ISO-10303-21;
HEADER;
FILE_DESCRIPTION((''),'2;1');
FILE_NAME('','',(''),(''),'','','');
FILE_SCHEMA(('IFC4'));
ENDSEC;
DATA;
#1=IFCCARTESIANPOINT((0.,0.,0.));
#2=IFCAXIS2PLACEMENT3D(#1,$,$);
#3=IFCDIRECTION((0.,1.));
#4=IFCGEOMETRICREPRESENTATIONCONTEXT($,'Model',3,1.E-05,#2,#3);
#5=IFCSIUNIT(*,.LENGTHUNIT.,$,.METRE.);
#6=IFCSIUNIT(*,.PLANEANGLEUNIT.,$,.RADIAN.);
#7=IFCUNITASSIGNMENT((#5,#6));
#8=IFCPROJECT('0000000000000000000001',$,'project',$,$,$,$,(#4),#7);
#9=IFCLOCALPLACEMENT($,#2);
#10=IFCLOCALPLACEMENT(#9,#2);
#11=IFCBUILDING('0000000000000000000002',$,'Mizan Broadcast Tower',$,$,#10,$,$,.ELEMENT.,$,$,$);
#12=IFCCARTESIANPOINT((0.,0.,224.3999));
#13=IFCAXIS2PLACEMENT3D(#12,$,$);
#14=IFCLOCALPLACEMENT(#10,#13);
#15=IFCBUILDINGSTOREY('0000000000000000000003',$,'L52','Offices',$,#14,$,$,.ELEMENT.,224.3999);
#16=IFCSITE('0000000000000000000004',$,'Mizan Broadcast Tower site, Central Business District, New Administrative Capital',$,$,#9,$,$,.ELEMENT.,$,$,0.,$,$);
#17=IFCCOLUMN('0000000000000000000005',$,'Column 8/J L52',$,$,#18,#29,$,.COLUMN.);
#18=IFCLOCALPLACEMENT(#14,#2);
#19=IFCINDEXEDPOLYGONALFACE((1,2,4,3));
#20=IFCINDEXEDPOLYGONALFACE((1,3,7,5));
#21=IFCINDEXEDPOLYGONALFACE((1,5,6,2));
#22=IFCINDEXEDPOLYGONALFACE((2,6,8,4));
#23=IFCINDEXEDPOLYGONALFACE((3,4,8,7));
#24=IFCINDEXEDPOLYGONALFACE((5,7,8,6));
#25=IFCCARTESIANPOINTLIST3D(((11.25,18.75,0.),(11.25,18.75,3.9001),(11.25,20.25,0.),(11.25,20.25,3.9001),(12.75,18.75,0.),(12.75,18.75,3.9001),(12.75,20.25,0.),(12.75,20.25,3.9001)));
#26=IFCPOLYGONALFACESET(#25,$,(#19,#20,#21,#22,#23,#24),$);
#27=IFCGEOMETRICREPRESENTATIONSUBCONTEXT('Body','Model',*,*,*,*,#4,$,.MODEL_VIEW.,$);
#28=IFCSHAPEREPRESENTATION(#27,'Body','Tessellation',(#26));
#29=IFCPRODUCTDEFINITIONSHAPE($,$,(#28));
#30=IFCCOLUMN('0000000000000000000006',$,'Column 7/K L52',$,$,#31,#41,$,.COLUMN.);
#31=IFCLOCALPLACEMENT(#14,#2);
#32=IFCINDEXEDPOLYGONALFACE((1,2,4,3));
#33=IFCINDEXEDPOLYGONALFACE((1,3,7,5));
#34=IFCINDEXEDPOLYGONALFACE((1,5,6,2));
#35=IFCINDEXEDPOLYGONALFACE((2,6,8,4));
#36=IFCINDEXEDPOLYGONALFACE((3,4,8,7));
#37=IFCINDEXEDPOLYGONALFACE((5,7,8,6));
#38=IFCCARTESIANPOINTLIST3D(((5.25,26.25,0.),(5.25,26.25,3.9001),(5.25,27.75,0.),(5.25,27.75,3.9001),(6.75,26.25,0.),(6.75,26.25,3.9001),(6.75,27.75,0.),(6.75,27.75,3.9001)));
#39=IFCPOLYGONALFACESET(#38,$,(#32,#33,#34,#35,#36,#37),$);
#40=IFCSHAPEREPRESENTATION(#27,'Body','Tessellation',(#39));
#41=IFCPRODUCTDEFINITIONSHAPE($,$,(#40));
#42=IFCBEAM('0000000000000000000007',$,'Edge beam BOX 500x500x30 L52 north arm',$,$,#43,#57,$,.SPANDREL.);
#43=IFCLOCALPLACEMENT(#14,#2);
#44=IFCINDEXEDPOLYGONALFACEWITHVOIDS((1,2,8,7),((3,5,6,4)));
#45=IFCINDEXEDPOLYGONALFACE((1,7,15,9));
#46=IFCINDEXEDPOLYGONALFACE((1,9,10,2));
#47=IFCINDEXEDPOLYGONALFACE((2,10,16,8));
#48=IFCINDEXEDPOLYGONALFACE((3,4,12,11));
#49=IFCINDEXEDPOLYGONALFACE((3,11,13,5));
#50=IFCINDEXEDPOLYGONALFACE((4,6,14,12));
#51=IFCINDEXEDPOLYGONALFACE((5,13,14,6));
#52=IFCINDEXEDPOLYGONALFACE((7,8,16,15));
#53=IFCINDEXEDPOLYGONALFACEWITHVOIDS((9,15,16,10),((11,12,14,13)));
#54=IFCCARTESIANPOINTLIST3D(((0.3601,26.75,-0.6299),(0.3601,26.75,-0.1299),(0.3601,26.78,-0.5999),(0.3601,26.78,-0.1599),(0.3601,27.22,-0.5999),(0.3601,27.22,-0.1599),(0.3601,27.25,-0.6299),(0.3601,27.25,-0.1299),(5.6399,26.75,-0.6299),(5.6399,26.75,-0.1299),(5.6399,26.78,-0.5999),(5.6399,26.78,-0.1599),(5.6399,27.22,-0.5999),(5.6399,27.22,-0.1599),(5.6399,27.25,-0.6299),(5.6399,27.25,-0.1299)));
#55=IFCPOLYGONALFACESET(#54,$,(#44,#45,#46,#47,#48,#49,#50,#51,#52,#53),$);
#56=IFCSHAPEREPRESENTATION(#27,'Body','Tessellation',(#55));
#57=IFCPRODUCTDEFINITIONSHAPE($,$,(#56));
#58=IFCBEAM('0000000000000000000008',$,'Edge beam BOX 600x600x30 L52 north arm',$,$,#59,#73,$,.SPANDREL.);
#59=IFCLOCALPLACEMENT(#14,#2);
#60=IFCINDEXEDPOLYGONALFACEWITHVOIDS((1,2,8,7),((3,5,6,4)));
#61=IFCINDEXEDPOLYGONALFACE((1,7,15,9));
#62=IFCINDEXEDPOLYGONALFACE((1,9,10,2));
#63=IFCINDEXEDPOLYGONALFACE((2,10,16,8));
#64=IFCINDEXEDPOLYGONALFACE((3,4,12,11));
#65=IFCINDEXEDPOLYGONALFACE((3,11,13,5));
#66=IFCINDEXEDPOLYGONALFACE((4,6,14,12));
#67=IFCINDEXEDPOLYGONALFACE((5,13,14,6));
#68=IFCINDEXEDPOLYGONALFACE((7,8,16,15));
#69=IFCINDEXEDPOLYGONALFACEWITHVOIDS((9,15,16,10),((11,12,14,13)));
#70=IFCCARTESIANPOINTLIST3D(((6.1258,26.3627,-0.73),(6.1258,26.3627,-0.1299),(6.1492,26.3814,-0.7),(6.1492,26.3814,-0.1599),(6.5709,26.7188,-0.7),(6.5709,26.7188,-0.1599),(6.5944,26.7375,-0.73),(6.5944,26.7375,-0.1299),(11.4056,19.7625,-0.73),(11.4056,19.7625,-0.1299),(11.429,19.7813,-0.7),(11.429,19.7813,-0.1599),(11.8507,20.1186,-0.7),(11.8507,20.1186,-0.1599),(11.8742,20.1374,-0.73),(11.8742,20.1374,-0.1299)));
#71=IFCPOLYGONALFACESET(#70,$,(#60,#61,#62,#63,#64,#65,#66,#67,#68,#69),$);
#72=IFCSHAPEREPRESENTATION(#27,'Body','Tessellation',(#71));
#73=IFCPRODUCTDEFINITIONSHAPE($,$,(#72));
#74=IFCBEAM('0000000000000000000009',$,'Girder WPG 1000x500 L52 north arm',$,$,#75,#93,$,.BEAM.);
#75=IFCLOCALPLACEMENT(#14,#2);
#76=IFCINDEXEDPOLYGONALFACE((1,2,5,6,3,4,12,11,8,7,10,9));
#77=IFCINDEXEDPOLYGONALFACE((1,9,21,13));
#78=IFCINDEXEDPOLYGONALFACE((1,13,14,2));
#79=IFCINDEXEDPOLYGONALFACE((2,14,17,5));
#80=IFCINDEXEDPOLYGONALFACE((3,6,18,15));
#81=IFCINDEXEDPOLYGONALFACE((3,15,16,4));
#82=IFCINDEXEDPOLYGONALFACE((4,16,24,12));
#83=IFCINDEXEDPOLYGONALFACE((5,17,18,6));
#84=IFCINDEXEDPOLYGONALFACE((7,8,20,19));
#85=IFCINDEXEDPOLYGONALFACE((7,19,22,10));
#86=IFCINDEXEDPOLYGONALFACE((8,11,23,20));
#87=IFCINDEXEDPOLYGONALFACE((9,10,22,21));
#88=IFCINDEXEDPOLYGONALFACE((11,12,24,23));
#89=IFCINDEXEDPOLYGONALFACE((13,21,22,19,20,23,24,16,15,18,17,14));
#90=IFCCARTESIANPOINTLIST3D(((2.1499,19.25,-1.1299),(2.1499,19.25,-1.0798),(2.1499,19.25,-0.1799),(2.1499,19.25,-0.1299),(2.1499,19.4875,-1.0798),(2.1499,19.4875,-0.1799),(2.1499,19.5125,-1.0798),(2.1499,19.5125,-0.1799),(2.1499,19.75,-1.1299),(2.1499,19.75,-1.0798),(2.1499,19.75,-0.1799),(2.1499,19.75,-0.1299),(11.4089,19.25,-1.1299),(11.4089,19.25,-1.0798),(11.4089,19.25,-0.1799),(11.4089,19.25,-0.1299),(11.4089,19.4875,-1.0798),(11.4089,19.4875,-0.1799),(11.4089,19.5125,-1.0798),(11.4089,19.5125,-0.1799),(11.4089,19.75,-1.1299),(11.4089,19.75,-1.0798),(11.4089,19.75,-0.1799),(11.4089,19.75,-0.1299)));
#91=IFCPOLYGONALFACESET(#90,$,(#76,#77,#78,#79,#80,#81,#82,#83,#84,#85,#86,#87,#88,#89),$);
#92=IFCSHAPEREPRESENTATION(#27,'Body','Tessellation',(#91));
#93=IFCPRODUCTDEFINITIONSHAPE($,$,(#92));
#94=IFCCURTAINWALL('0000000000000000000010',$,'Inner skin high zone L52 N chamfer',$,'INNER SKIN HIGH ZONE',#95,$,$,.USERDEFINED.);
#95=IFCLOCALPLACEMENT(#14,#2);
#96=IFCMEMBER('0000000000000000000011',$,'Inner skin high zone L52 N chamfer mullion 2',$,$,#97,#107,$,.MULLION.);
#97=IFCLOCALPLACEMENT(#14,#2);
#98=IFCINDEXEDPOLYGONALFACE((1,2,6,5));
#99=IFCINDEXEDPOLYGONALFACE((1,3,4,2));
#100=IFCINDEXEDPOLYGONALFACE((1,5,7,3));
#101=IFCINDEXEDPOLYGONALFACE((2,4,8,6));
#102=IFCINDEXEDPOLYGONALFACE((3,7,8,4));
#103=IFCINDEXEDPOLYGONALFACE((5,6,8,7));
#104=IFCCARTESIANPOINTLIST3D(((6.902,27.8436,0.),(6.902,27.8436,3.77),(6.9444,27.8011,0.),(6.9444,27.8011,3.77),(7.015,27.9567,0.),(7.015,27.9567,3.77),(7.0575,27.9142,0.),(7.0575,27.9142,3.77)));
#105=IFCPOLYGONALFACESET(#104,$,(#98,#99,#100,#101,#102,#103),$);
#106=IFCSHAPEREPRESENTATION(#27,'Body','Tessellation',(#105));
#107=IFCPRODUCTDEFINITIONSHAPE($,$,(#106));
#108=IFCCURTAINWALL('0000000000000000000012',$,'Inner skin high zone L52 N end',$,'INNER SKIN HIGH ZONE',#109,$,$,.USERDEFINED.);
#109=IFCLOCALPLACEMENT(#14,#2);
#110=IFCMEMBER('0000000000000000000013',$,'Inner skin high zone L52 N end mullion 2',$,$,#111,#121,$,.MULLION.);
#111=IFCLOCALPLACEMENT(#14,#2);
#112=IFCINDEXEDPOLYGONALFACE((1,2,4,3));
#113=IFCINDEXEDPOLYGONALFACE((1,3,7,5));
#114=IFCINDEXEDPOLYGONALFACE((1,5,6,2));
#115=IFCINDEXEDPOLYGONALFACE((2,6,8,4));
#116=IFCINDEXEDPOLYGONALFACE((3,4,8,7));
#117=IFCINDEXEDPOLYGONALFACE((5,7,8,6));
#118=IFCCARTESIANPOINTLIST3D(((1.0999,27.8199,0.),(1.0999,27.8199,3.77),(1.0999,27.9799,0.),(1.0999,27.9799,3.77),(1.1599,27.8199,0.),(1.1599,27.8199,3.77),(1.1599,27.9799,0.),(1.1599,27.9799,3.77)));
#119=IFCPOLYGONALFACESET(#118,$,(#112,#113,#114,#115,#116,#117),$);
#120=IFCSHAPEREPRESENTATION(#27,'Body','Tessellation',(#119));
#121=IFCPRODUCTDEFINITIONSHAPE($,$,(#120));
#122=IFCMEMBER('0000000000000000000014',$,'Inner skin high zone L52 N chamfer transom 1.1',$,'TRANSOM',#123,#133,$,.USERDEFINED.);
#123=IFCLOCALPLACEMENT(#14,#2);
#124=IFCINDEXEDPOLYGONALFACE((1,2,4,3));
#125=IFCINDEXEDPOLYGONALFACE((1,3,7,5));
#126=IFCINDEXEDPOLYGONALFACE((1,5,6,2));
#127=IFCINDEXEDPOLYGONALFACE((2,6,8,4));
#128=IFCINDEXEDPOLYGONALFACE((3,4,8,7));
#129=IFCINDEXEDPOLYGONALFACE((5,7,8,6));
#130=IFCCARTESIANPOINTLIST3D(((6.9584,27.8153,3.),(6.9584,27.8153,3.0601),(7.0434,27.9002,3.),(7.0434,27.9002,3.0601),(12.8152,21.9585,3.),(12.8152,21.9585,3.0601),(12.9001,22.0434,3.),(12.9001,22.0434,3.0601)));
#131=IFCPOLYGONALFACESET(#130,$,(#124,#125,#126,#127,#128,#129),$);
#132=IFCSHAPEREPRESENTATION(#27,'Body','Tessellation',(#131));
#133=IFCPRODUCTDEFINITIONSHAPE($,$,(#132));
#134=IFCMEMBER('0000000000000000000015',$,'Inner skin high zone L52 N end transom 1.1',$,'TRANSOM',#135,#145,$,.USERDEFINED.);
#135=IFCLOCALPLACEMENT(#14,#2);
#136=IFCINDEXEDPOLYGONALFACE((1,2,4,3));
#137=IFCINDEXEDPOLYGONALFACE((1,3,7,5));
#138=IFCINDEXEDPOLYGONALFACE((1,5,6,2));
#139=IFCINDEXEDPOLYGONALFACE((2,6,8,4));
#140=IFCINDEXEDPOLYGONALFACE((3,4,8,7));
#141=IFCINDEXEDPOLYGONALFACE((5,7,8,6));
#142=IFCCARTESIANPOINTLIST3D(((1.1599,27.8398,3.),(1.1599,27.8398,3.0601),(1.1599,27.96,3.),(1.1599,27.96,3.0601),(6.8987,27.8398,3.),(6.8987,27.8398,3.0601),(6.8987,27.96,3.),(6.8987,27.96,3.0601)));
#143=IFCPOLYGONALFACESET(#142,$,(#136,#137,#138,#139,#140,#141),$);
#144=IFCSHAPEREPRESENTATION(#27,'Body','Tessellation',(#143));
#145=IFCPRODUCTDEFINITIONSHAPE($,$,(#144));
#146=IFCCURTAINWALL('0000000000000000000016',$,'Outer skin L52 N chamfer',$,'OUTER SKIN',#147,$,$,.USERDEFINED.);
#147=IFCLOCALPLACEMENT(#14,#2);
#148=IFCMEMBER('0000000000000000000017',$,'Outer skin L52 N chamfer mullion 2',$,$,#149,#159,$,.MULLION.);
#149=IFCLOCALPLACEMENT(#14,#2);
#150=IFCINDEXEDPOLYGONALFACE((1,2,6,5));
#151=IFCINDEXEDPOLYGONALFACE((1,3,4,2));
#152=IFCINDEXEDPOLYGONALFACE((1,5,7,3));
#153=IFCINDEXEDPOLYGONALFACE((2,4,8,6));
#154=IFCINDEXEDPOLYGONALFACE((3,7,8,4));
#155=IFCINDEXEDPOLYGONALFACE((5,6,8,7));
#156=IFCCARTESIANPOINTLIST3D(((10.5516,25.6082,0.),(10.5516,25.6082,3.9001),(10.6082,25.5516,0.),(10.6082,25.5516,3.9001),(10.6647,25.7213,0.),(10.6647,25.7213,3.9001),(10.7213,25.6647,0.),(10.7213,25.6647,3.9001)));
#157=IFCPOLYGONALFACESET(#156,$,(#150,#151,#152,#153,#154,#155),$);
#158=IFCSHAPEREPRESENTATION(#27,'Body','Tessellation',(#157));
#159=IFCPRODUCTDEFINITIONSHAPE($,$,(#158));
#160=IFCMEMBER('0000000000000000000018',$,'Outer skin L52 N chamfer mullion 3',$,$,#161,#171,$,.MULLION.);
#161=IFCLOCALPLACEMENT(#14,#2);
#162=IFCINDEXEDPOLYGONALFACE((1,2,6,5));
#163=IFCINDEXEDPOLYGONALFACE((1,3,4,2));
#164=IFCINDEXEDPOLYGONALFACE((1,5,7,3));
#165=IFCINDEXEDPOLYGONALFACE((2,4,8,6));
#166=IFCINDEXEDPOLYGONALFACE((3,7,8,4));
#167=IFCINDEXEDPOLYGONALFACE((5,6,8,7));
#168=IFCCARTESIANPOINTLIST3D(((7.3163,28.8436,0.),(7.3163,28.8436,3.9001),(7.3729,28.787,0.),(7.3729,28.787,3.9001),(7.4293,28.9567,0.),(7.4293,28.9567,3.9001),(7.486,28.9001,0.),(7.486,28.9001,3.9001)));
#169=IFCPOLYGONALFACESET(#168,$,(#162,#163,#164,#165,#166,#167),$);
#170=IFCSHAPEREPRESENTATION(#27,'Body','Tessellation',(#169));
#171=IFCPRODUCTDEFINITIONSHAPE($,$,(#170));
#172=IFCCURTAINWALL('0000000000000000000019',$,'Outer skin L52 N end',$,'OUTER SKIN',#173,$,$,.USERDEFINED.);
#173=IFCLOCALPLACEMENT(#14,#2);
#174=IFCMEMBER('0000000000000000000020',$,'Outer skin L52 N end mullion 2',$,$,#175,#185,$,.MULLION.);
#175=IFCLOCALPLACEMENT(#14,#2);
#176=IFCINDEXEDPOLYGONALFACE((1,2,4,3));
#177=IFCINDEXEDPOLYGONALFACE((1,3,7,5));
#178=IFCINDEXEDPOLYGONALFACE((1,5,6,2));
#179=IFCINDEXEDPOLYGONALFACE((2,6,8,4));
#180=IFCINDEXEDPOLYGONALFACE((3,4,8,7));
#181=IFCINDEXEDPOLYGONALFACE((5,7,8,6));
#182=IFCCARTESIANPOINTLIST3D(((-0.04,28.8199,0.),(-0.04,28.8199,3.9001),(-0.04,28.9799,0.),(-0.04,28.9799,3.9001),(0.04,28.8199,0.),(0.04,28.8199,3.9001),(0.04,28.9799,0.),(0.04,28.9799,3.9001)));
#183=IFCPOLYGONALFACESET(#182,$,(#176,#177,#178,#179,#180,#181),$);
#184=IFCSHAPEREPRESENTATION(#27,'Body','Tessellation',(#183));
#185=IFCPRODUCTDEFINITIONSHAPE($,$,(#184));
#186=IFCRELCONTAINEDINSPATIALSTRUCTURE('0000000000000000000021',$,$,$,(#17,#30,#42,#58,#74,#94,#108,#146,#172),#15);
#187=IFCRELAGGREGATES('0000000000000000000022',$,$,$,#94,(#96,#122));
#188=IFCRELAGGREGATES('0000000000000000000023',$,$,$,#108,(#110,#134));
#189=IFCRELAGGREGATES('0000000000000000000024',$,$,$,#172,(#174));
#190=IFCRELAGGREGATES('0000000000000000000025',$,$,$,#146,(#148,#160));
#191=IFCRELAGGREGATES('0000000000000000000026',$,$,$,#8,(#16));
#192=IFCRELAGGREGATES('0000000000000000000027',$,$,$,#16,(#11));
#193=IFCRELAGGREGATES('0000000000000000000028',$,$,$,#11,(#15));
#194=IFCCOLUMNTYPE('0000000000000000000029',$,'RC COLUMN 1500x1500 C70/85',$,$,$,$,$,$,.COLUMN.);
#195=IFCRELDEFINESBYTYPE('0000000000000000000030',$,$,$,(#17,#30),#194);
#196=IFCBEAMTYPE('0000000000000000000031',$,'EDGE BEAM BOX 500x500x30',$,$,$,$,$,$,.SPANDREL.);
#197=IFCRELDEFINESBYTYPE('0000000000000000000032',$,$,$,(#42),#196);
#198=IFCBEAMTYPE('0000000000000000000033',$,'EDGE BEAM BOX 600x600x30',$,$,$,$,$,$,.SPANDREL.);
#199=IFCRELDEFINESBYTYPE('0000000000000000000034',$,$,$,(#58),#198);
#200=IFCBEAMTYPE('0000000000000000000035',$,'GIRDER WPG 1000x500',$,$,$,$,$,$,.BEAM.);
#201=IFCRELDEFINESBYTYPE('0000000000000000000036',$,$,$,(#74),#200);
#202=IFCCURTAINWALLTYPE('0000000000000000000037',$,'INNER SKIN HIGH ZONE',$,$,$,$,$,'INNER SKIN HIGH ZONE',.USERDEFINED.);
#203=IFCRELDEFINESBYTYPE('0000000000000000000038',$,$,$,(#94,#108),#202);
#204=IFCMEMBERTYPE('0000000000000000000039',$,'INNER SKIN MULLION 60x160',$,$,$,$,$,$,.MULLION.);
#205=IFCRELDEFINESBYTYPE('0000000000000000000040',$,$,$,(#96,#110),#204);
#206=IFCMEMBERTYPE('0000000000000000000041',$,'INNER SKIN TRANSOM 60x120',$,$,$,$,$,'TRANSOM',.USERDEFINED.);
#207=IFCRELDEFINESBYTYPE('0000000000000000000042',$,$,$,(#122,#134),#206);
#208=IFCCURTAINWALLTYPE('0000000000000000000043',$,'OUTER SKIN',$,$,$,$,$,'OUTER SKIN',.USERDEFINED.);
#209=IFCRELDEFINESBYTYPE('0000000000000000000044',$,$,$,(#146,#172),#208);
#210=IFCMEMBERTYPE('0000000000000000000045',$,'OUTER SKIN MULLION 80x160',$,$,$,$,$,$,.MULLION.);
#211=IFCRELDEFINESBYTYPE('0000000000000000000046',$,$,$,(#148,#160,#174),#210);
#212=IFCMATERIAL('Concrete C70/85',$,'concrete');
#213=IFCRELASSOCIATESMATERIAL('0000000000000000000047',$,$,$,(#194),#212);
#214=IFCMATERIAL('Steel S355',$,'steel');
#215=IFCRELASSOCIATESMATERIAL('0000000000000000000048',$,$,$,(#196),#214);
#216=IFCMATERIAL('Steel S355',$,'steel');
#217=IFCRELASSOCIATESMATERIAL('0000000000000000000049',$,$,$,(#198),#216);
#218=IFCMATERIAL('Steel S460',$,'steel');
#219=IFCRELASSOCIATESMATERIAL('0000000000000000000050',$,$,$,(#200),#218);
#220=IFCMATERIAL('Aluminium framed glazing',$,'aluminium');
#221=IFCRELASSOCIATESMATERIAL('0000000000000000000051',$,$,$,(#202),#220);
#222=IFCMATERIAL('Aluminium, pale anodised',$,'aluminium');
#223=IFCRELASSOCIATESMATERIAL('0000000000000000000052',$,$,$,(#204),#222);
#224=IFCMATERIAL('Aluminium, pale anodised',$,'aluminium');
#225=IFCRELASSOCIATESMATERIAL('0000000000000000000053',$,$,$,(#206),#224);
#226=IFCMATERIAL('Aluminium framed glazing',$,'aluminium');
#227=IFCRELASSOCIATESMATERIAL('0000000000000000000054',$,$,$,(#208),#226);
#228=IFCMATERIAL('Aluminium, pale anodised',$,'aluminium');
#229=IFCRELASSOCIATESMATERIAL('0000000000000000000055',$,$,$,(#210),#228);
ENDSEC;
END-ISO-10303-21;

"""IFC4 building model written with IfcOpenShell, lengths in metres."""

from ifc_helpers import new_model, si_unit, direction, frame, origin, origin_2d, place, context, subcontext, project, spatial, rectangle, hollow_rectangle, i_section, extrude, material, material_profile, profile_set, type_object, element, aggregate, save


model = new_model("IFC4")

# Units and contexts
model_context = context("Model", 3, precision=1e-05, world=origin(), true_north=direction((0.0, 1.0)))
body_context = subcontext(model_context, "Body", "Model", "MODEL_VIEW")
ifc_project = project(units=[si_unit("LENGTHUNIT", "METRE"), si_unit("PLANEANGLEUNIT", "RADIAN")], contexts=[model_context])

# Site, building, storey
site_placement = place(None, origin())
site = spatial("IfcSite", under=ifc_project, at=site_placement, Name="Mizan Broadcast Tower site, Central Business District, New Administrative Capital", CompositionType="ELEMENT", RefElevation=0.0)
building_placement = place(site_placement, origin())
building = spatial("IfcBuilding", under=site, at=building_placement, Name="Mizan Broadcast Tower", CompositionType="ELEMENT")
storey_placement = place(building_placement, frame((0.0, 0.0, 224.3999)))
storey = spatial("IfcBuildingStorey", under=building, at=storey_placement, Name="L52", Description="Offices", CompositionType="ELEMENT", Elevation=224.3999)

# Columns
ifc_material_1 = material(Name="Concrete C70/85", Category="concrete")
ifc_material_profile_1 = material_profile(ifc_material_1, rectangle(XDim=1.5, YDim=1.5, at=origin_2d()), Name="RC 1500x1500")
ifc_profile_set_1 = profile_set([ifc_material_profile_1], Name="Concrete C70/85")
column_type = type_object("IfcColumnType", Name="RC COLUMN 1500x1500 C70/85", PredefinedType="COLUMN", material=ifc_profile_set_1)
for number, where, z_axis, x_axis, name in (
    (1, (12.0, 19.5, 0.0), (0.0, 0.0, 1.0), (1.0, 0.0, 0.0), "Column 8/J L52"),
    (2, (6.0, 27.0, 0.0), (0.0, 0.0, 1.0), (1.0, 0.0, 0.0), "Column 7/K L52"),
):
    element("IfcColumn", number, at=place(storey_placement, frame(where, z_axis=z_axis, x_axis=x_axis)), inside=storey, type_object=column_type, Name=name, PredefinedType="COLUMN", context=body_context, shape_type="SweptSolid", body=[
        extrude(rectangle(XDim=1.5, YDim=1.5, at=origin_2d()), origin(), (0.0, 0.0, 1.0), 3.9001),
    ])

# Beams
ifc_material_2 = material(Name="Steel S355", Category="steel")
ifc_material_profile_2 = material_profile(ifc_material_2, hollow_rectangle(XDim=0.5, YDim=0.5, WallThickness=0.03, at=origin_2d()), Name="BOX 500x500x30")
ifc_profile_set_2 = profile_set([ifc_material_profile_2], Name="Steel S355")
beam_type_1 = type_object("IfcBeamType", Name="EDGE BEAM BOX 500x500x30", PredefinedType="SPANDREL", material=ifc_profile_set_2)
beam_1_placement = place(storey_placement, frame((5.6399, 27.0, -0.3799), z_axis=(-1.0, 0.0, 0.0), x_axis=(0.0, -1.0, 0.0)))
element("IfcBeam", 3, at=beam_1_placement, inside=storey, type_object=beam_type_1, Name="Edge beam BOX 500x500x30 L52 north arm", PredefinedType="SPANDREL", context=body_context, shape_type="SweptSolid", body=[
    extrude(hollow_rectangle(XDim=0.5, YDim=0.5, WallThickness=0.03, at=origin_2d()), origin(), (0.0, 0.0, 1.0), 5.2798),
])
ifc_material_3 = material(Name="Steel S355", Category="steel")
ifc_material_profile_3 = material_profile(ifc_material_3, hollow_rectangle(XDim=0.6001, YDim=0.6001, WallThickness=0.03, at=origin_2d()), Name="BOX 600x600x30")
ifc_profile_set_3 = profile_set([ifc_material_profile_3], Name="Steel S355")
beam_type_2 = type_object("IfcBeamType", Name="EDGE BEAM BOX 600x600x30", PredefinedType="SPANDREL", material=ifc_profile_set_3)
beam_2_placement = place(storey_placement, frame((11.6399, 19.95, -0.4299), z_axis=(-0.624674, 0.780886, 0.0), x_axis=(-0.780886, -0.624674, 0.0)))
element("IfcBeam", 4, at=beam_2_placement, inside=storey, type_object=beam_type_2, Name="Edge beam BOX 600x600x30 L52 north arm", PredefinedType="SPANDREL", context=body_context, shape_type="SweptSolid", body=[
    extrude(hollow_rectangle(XDim=0.6001, YDim=0.6001, WallThickness=0.03, at=origin_2d()), origin(), (0.0, 0.0, 1.0), 8.4521),
])
ifc_material_4 = material(Name="Steel S460", Category="steel")
ifc_material_profile_4 = material_profile(ifc_material_4, i_section(OverallWidth=0.5, OverallDepth=1.0, WebThickness=0.0249, FlangeThickness=0.05, at=origin_2d()), Name="WPG 1000x500")
ifc_profile_set_4 = profile_set([ifc_material_profile_4], Name="Steel S460")
beam_type_3 = type_object("IfcBeamType", Name="GIRDER WPG 1000x500", PredefinedType="BEAM", material=ifc_profile_set_4)
beam_3_placement = place(storey_placement, frame((11.4089, 19.5, -0.6299), z_axis=(-1.0, 0.0, 0.0), x_axis=(0.0, -1.0, 0.0)))
element("IfcBeam", 5, at=beam_3_placement, inside=storey, type_object=beam_type_3, Name="Girder WPG 1000x500 L52 north arm", PredefinedType="BEAM", context=body_context, shape_type="SweptSolid", body=[
    extrude(i_section(OverallWidth=0.5, OverallDepth=1.0, WebThickness=0.0249, FlangeThickness=0.05, at=origin_2d()), origin(), (0.0, 0.0, 1.0), 9.259),
])

# Curtain walls, members
ifc_material_5 = material(Name="Aluminium framed glazing", Category="aluminium")
curtain_wall_type_1 = type_object("IfcCurtainWallType", Name="INNER SKIN HIGH ZONE", ElementType="INNER SKIN HIGH ZONE", PredefinedType="USERDEFINED", material=ifc_material_5)
curtain_wall_1_placement = place(storey_placement, origin())
curtain_wall_1 = element("IfcCurtainWall", 6, at=curtain_wall_1_placement, inside=storey, type_object=curtain_wall_type_1, Name="Inner skin high zone L52 N chamfer", ObjectType="INNER SKIN HIGH ZONE", PredefinedType="USERDEFINED")
ifc_material_6 = material(Name="Aluminium, pale anodised", Category="aluminium")
ifc_material_profile_5 = material_profile(ifc_material_6, rectangle(XDim=0.1599, YDim=0.0601, at=origin_2d()), Name="MULLION 160x60")
ifc_profile_set_5 = profile_set([ifc_material_profile_5], Name="Aluminium, pale anodised")
member_type_1 = type_object("IfcMemberType", Name="INNER SKIN MULLION 60x160", PredefinedType="MULLION", material=ifc_profile_set_5)
member_1_placement = place(storey_placement, frame((6.9797, 27.8789, 0.0), z_axis=(0.0, 0.0, 1.0), x_axis=(-0.707107, -0.707107, 0.0)))
member_1 = element("IfcMember", 7, at=member_1_placement, type_object=member_type_1, Name="Inner skin high zone L52 N chamfer mullion 2", PredefinedType="MULLION", context=body_context, shape_type="SweptSolid", body=[
    extrude(rectangle(XDim=0.1599, YDim=0.0601, at=origin_2d()), origin(), (0.0, 0.0, 1.0), 3.77),
])
curtain_wall_2_placement = place(storey_placement, origin())
curtain_wall_2 = element("IfcCurtainWall", 8, at=curtain_wall_2_placement, inside=storey, type_object=curtain_wall_type_1, Name="Inner skin high zone L52 N end", ObjectType="INNER SKIN HIGH ZONE", PredefinedType="USERDEFINED")
member_2_placement = place(storey_placement, frame((1.1299, 27.8999, 0.0), z_axis=(0.0, 0.0, 1.0), x_axis=(0.0, -1.0, 0.0)))
member_2 = element("IfcMember", 9, at=member_2_placement, type_object=member_type_1, Name="Inner skin high zone L52 N end mullion 2", PredefinedType="MULLION", context=body_context, shape_type="SweptSolid", body=[
    extrude(rectangle(XDim=0.1599, YDim=0.0601, at=origin_2d()), origin(), (0.0, 0.0, 1.0), 3.77),
])

# Members
ifc_material_7 = material(Name="Aluminium, pale anodised", Category="aluminium")
ifc_material_profile_6 = material_profile(ifc_material_7, rectangle(XDim=0.1201, YDim=0.0601, at=origin_2d()), Name="TRANSOM 120x60")
ifc_profile_set_6 = profile_set([ifc_material_profile_6], Name="Aluminium, pale anodised")
member_type_2 = type_object("IfcMemberType", Name="INNER SKIN TRANSOM 60x120", ElementType="TRANSOM", PredefinedType="USERDEFINED", material=ifc_profile_set_6)
member_3_placement = place(storey_placement, frame((12.8577, 22.001, 3.03), z_axis=(-0.707107, 0.707107, 0.0), x_axis=(-0.707107, -0.707107, 0.0)))
member_3 = element("IfcMember", 10, at=member_3_placement, type_object=member_type_2, Name="Inner skin high zone L52 N chamfer transom 1.1", ObjectType="TRANSOM", PredefinedType="USERDEFINED", context=body_context, shape_type="SweptSolid", body=[
    extrude(rectangle(XDim=0.1201, YDim=0.0601, at=origin_2d()), origin(), (0.0, 0.0, 1.0), 8.2827),
])
member_4_placement = place(storey_placement, frame((6.8987, 27.8999, 3.03), z_axis=(-1.0, 0.0, 0.0), x_axis=(0.0, -1.0, 0.0)))
member_4 = element("IfcMember", 11, at=member_4_placement, type_object=member_type_2, Name="Inner skin high zone L52 N end transom 1.1", ObjectType="TRANSOM", PredefinedType="USERDEFINED", context=body_context, shape_type="SweptSolid", body=[
    extrude(rectangle(XDim=0.1201, YDim=0.0601, at=origin_2d()), origin(), (0.0, 0.0, 1.0), 5.7388),
])

# Curtain wall, members
ifc_material_8 = material(Name="Aluminium framed glazing", Category="aluminium")
curtain_wall_type_2 = type_object("IfcCurtainWallType", Name="OUTER SKIN", ElementType="OUTER SKIN", PredefinedType="USERDEFINED", material=ifc_material_8)
curtain_wall_3_placement = place(storey_placement, origin())
curtain_wall_3 = element("IfcCurtainWall", 12, at=curtain_wall_3_placement, inside=storey, type_object=curtain_wall_type_2, Name="Outer skin L52 N chamfer", ObjectType="OUTER SKIN", PredefinedType="USERDEFINED")
ifc_material_9 = material(Name="Aluminium, pale anodised", Category="aluminium")
ifc_material_profile_7 = material_profile(ifc_material_9, rectangle(XDim=0.1599, YDim=0.0801, at=origin_2d()), Name="MULLION 160x80")
ifc_profile_set_7 = profile_set([ifc_material_profile_7], Name="Aluminium, pale anodised")
member_type_3 = type_object("IfcMemberType", Name="OUTER SKIN MULLION 80x160", PredefinedType="MULLION", material=ifc_profile_set_7)
member_5_placement = place(storey_placement, frame((10.6365, 25.6365, 0.0), z_axis=(0.0, 0.0, 1.0), x_axis=(-0.707107, -0.707107, 0.0)))
member_5 = element("IfcMember", 13, at=member_5_placement, type_object=member_type_3, Name="Outer skin L52 N chamfer mullion 2", PredefinedType="MULLION", context=body_context, shape_type="SweptSolid", body=[
    extrude(rectangle(XDim=0.1599, YDim=0.0801, at=origin_2d()), origin(), (0.0, 0.0, 1.0), 3.9001),
])
member_6_placement = place(storey_placement, frame((7.4011, 28.8718, 0.0), z_axis=(0.0, 0.0, 1.0), x_axis=(-0.707107, -0.707107, 0.0)))
member_6 = element("IfcMember", 14, at=member_6_placement, type_object=member_type_3, Name="Outer skin L52 N chamfer mullion 3", PredefinedType="MULLION", context=body_context, shape_type="SweptSolid", body=[
    extrude(rectangle(XDim=0.1599, YDim=0.0801, at=origin_2d()), origin(), (0.0, 0.0, 1.0), 3.9001),
])

# Curtain wall, member
curtain_wall_4_placement = place(storey_placement, origin())
curtain_wall_4 = element("IfcCurtainWall", 15, at=curtain_wall_4_placement, inside=storey, type_object=curtain_wall_type_2, Name="Outer skin L52 N end", ObjectType="OUTER SKIN", PredefinedType="USERDEFINED")
member_7_placement = place(storey_placement, frame((0.0, 28.8999, 0.0), z_axis=(0.0, 0.0, 1.0), x_axis=(0.0, -1.0, 0.0)))
member_7 = element("IfcMember", 16, at=member_7_placement, type_object=member_type_3, Name="Outer skin L52 N end mullion 2", PredefinedType="MULLION", context=body_context, shape_type="SweptSolid", body=[
    extrude(rectangle(XDim=0.1599, YDim=0.0801, at=origin_2d()), origin(), (0.0, 0.0, 1.0), 3.9001),
])

aggregate(curtain_wall_1, [member_1, member_3])
aggregate(curtain_wall_2, [member_2, member_4])
aggregate(curtain_wall_4, [member_7])
aggregate(curtain_wall_3, [member_5, member_6])

save(model, "model.ifc")
